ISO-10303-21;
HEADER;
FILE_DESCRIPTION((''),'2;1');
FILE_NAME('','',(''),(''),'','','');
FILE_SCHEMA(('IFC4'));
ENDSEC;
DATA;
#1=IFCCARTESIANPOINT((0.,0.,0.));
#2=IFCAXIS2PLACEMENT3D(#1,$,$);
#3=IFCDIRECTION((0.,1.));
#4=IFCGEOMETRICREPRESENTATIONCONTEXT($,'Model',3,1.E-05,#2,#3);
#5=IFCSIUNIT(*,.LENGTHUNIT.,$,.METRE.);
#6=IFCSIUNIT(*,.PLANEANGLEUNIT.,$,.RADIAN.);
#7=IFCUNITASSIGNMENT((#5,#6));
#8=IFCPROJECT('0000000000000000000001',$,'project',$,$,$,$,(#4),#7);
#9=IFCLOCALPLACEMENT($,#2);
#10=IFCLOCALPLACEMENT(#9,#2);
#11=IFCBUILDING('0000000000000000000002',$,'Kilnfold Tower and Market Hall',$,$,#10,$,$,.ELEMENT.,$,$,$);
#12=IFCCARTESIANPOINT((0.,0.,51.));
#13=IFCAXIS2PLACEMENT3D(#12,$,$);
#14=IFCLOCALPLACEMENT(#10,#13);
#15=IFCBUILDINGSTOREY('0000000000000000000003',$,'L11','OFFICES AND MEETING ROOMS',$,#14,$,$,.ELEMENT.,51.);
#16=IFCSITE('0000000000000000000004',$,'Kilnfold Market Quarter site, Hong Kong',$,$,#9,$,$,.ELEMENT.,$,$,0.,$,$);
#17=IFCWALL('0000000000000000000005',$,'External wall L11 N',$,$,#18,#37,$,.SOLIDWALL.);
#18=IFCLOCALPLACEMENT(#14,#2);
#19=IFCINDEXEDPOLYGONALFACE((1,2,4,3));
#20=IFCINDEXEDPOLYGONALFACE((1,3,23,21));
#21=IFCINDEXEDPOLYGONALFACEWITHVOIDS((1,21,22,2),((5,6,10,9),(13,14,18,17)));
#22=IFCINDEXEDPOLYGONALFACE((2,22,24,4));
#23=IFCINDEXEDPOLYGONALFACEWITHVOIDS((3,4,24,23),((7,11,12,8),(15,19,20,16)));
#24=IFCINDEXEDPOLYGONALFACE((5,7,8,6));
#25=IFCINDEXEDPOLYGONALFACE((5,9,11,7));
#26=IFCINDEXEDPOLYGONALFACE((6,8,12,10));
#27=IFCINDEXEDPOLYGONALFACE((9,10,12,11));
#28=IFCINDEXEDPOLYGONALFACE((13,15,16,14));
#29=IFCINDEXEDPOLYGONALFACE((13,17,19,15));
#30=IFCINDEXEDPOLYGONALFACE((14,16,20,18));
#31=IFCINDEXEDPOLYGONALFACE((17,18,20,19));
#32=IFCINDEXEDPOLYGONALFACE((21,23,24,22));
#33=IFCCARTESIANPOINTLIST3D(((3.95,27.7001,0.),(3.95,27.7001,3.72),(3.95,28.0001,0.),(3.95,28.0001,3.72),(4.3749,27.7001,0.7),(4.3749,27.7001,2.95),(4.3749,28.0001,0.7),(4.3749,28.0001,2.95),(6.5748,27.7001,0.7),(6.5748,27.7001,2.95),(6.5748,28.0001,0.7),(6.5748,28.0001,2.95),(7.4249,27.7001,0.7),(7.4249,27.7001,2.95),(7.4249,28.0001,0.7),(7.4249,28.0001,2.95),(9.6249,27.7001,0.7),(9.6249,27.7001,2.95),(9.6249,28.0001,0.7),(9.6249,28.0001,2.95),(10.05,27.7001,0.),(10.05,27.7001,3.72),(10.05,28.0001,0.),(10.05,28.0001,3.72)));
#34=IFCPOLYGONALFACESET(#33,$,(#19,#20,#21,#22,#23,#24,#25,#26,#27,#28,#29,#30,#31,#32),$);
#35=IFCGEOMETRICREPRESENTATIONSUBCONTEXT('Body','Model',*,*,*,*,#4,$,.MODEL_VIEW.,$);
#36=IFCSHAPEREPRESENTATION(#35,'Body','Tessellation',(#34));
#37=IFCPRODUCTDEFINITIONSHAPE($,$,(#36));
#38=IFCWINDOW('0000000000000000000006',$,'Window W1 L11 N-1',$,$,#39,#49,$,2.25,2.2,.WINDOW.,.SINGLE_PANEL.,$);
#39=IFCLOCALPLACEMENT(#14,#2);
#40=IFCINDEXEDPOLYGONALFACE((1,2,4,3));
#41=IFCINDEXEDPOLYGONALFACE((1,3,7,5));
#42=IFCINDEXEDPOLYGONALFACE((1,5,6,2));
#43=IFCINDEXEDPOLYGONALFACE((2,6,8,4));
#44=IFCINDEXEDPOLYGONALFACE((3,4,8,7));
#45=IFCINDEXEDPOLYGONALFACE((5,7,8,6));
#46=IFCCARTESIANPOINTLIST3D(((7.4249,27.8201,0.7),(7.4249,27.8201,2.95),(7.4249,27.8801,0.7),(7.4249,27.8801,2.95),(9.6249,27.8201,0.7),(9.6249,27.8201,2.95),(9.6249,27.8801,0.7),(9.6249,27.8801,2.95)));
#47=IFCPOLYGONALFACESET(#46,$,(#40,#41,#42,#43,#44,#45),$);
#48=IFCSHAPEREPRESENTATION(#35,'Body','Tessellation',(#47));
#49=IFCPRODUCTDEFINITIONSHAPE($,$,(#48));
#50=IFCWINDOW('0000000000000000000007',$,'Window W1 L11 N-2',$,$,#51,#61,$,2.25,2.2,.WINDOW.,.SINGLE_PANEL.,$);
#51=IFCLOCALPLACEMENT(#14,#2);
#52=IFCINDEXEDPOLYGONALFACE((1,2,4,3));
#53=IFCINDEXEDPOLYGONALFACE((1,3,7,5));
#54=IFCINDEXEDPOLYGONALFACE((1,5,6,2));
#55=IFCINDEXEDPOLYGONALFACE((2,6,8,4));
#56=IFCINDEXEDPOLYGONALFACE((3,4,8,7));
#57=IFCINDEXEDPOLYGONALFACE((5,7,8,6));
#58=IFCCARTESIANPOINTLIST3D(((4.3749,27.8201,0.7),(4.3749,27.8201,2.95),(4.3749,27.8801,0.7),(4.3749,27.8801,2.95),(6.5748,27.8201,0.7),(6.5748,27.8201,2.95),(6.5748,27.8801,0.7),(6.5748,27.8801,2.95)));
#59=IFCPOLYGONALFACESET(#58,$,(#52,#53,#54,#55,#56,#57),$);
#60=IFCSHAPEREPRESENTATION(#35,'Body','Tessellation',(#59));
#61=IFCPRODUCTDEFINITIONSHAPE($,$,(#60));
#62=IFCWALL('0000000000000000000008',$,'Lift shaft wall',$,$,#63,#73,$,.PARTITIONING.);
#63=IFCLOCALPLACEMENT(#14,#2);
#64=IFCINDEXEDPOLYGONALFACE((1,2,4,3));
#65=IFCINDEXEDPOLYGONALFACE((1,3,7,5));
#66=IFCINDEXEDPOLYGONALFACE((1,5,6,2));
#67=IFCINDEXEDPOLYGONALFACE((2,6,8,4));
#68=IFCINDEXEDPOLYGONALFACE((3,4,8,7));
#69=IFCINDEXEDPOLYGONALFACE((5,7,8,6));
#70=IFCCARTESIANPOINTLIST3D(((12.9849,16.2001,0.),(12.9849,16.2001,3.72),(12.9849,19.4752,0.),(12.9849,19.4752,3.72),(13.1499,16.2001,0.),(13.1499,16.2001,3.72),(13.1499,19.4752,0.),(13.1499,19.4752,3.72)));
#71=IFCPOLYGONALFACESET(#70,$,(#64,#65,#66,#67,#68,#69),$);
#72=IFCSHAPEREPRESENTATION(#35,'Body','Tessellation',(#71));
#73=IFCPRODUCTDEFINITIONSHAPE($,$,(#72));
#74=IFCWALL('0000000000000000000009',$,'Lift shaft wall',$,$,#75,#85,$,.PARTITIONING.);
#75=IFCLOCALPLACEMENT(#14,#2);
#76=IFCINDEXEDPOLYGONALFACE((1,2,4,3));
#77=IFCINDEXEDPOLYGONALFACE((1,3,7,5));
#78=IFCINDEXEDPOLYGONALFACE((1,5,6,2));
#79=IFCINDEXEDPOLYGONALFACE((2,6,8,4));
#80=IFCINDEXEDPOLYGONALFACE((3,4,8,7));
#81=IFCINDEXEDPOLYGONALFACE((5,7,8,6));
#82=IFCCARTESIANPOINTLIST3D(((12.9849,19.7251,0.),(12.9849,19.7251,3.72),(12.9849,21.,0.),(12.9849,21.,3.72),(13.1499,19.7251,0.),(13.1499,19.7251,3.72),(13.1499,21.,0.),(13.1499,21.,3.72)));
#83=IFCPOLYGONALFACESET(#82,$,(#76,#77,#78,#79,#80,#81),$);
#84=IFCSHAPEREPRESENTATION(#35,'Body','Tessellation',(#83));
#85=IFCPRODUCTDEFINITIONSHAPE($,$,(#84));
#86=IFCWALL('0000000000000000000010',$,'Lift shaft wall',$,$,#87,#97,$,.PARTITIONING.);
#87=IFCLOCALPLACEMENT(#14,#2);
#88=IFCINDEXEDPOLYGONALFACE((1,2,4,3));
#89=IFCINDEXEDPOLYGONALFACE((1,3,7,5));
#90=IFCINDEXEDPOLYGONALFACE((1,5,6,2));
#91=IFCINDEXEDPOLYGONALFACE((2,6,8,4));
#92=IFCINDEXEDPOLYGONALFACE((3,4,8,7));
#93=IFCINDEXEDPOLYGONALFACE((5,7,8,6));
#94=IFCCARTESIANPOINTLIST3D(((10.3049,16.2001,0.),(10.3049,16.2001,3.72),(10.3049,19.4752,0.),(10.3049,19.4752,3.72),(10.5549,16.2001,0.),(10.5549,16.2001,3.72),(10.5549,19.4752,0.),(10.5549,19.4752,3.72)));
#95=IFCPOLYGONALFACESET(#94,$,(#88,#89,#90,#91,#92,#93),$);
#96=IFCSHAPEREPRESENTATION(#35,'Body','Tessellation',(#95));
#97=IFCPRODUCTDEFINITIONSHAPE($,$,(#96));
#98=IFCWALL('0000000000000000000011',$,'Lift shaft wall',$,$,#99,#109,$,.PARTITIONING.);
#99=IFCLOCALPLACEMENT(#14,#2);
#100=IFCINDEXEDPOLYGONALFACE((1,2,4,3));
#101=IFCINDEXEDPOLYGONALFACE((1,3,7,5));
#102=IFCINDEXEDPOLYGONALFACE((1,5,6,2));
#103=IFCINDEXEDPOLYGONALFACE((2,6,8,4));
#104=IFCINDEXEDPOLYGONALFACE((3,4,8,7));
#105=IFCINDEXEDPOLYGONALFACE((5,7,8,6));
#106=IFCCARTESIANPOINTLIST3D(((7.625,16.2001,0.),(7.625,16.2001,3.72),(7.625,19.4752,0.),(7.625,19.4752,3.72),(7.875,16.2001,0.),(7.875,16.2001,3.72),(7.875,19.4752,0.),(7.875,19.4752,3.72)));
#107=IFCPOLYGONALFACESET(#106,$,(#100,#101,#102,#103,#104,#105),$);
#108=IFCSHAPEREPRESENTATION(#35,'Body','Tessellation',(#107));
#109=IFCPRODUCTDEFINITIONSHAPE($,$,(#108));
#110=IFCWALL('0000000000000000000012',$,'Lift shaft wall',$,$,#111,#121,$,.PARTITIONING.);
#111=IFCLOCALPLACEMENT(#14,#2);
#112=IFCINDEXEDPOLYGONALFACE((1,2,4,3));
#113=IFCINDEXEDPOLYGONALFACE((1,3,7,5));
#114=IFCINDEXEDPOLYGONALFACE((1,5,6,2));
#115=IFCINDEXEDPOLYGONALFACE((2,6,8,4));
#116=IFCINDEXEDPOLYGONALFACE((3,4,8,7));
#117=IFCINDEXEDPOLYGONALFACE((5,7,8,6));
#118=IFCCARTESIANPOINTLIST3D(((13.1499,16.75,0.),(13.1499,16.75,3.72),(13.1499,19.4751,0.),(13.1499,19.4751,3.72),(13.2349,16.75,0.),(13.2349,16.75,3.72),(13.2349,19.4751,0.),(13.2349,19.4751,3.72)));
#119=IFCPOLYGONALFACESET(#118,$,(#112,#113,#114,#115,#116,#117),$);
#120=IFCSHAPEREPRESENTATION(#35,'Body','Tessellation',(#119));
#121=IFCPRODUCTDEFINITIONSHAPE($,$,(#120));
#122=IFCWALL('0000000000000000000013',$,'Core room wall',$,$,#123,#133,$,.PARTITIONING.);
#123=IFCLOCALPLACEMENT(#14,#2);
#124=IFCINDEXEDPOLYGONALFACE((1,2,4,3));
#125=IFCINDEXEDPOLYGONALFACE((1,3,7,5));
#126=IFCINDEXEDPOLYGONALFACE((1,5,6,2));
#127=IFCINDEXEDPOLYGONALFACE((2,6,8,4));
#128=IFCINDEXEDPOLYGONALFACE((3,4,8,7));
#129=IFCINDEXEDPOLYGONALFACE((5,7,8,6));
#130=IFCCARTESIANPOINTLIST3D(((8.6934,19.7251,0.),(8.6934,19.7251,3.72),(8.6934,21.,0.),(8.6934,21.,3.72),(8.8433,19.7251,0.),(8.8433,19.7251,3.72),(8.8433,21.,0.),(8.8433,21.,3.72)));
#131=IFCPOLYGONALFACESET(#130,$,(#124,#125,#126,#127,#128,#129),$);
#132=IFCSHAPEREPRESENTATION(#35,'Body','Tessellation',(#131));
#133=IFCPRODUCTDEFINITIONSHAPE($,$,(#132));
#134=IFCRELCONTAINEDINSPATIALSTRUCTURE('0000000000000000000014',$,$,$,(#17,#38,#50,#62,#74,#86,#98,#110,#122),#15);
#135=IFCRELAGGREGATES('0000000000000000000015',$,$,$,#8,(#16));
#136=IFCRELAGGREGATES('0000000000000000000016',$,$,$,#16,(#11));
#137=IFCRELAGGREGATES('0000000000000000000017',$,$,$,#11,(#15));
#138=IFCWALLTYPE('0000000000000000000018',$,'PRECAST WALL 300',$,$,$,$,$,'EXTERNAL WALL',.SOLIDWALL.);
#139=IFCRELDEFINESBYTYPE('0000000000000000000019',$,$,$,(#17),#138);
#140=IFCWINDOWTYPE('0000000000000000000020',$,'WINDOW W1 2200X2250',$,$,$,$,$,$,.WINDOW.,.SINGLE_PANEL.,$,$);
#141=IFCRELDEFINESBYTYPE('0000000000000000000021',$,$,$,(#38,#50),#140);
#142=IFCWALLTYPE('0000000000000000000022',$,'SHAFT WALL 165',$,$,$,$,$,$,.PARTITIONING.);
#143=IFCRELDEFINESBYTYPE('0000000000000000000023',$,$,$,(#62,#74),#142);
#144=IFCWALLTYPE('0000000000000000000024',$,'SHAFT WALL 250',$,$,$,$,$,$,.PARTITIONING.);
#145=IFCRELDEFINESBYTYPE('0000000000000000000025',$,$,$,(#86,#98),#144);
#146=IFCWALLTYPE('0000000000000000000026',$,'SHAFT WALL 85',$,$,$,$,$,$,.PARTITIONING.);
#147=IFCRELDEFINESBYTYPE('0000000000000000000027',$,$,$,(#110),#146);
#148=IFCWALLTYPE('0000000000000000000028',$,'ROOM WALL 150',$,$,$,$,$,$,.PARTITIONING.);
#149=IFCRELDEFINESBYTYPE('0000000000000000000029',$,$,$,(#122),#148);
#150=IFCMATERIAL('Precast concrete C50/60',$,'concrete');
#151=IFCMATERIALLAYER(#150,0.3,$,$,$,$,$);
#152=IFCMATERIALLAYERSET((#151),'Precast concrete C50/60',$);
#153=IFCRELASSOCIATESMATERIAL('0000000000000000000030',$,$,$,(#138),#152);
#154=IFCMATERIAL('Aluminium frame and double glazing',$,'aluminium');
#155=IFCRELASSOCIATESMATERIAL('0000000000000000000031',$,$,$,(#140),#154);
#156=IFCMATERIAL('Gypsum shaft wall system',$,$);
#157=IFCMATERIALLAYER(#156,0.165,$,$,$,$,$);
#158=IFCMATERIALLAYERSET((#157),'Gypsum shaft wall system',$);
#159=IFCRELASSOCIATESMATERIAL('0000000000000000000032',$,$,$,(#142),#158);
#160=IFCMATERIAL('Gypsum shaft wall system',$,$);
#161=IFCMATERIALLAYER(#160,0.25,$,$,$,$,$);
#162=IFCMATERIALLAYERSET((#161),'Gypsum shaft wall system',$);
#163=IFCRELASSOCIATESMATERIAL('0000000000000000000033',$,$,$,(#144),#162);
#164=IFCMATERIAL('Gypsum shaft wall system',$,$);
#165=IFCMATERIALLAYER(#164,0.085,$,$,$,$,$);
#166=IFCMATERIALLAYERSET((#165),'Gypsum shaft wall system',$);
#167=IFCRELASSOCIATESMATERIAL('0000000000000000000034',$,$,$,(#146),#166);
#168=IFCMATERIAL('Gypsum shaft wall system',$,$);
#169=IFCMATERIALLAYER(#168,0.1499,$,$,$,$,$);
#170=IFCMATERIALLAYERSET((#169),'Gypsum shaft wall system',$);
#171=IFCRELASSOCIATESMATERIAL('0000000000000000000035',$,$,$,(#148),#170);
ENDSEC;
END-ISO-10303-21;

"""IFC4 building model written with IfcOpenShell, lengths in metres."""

from ifc_helpers import new_model, si_unit, direction, frame, frame_2d, origin, place, context, subcontext, project, spatial, rectangle, extrude, source, transform, mapped, material, layer, layer_set, type_object, element, fill, save


model = new_model("IFC4")

# Units and contexts
model_context = context("Model", 3, precision=1e-05, world=origin(), true_north=direction((0.0, 1.0)))
body_context = subcontext(model_context, "Body", "Model", "MODEL_VIEW")
ifc_project = project(units=[si_unit("LENGTHUNIT", "METRE"), si_unit("PLANEANGLEUNIT", "RADIAN")], contexts=[model_context])

# Site, building, storey
site_placement = place(None, origin())
site = spatial("IfcSite", under=ifc_project, at=site_placement, Name="Kilnfold Market Quarter site, Hong Kong", CompositionType="ELEMENT", RefElevation=0.0)
building_placement = place(site_placement, origin())
building = spatial("IfcBuilding", under=site, at=building_placement, Name="Kilnfold Tower and Market Hall", CompositionType="ELEMENT")
storey_placement = place(building_placement, frame((0.0, 0.0, 51.0)))
storey = spatial("IfcBuildingStorey", under=building, at=storey_placement, Name="L11", Description="OFFICES AND MEETING ROOMS", CompositionType="ELEMENT", Elevation=51.0)

# Wall, openings, windows
ifc_material_1 = material(Name="Precast concrete C50/60", Category="concrete")
ifc_layer_1 = layer(ifc_material_1, 0.3)
ifc_layer_set_1 = layer_set([ifc_layer_1], Name="Precast concrete C50/60")
wall_type_1 = type_object("IfcWallType", Name="PRECAST WALL 300", ElementType="EXTERNAL WALL", PredefinedType="SOLIDWALL", material=ifc_layer_set_1)
shared_shape_1 = source(origin(), body_context, "Body", "SweptSolid", [
    extrude(rectangle(XDim=6.1001, YDim=0.3, at=frame_2d((3.05, 0.0))), origin(), (0.0, 0.0, 1.0), 3.72),
])
ifc_material_2 = material(Name="Aluminium frame and double glazing", Category="aluminium")
window_type = type_object("IfcWindowType", Name="WINDOW W1 2200X2250", PartitioningType="SINGLE_PANEL", PredefinedType="WINDOW", material=ifc_material_2)
wall_1_placement = place(storey_placement, frame((10.05, 27.8501, 0.0), z_axis=(0.0, 0.0, 1.0), x_axis=(-1.0, 0.0, 0.0)))
wall_1 = element("IfcWall", 1, at=wall_1_placement, inside=storey, type_object=wall_type_1, Name="External wall L11 N", PredefinedType="SOLIDWALL", context=body_context, shape_type="MappedRepresentation", body=[
    mapped(shared_shape_1, transform((0.0, 0.0, 0.0))),
])
opening_1_placement = place(wall_1_placement, frame((0.425, 0.0, 0.7)))
opening_1 = element("IfcOpeningElement", 2, at=opening_1_placement, cuts=wall_1, PredefinedType="OPENING", context=body_context, shape_type="SweptSolid", body=[
    extrude(rectangle(XDim=2.2, YDim=2.25, at=frame_2d((1.1001, 1.125))), frame((0.0, 0.1602, 0.0), z_axis=(0.0, -1.0, 0.0), x_axis=(1.0, 0.0, 0.0)), (0.0, 0.0, 1.0), 0.3201),
])
opening_2_placement = place(wall_1_placement, frame((3.4751, 0.0, 0.7)))
opening_2 = element("IfcOpeningElement", 3, at=opening_2_placement, cuts=wall_1, PredefinedType="OPENING", context=body_context, shape_type="SweptSolid", body=[
    extrude(rectangle(XDim=2.2, YDim=2.25, at=frame_2d((1.1001, 1.125))), frame((0.0, 0.1602, 0.0), z_axis=(0.0, -1.0, 0.0), x_axis=(1.0, 0.0, 0.0)), (0.0, 0.0, 1.0), 0.3201),
])
window_1_placement = place(opening_1_placement, origin())
window_1 = element("IfcWindow", 4, at=window_1_placement, inside=storey, type_object=window_type, Name="Window W1 L11 N-1", OverallHeight=2.25, OverallWidth=2.2, PartitioningType="SINGLE_PANEL", PredefinedType="WINDOW", context=body_context, shape_type="SweptSolid", body=[
    extrude(rectangle(XDim=2.2, YDim=2.25, at=frame_2d((1.1001, 1.125))), frame((0.0, 0.03, 0.0), z_axis=(0.0, -1.0, 0.0), x_axis=(1.0, 0.0, 0.0)), (0.0, 0.0, 1.0), 0.0601),
])
fill(opening_1, window_1)
window_2_placement = place(opening_2_placement, origin())
window_2 = element("IfcWindow", 5, at=window_2_placement, inside=storey, type_object=window_type, Name="Window W1 L11 N-2", OverallHeight=2.25, OverallWidth=2.2, PartitioningType="SINGLE_PANEL", PredefinedType="WINDOW", context=body_context, shape_type="SweptSolid", body=[
    extrude(rectangle(XDim=2.2, YDim=2.25, at=frame_2d((1.1001, 1.125))), frame((0.0, 0.03, 0.0), z_axis=(0.0, -1.0, 0.0), x_axis=(1.0, 0.0, 0.0)), (0.0, 0.0, 1.0), 0.0601),
])
fill(opening_2, window_2)

# Walls
ifc_material_3 = material(Name="Gypsum shaft wall system")
ifc_layer_2 = layer(ifc_material_3, 0.165)
ifc_layer_set_2 = layer_set([ifc_layer_2], Name="Gypsum shaft wall system")
wall_type_2 = type_object("IfcWallType", Name="SHAFT WALL 165", PredefinedType="PARTITIONING", material=ifc_layer_set_2)
shared_shape_2 = source(origin(), body_context, "Body", "SweptSolid", [
    extrude(rectangle(XDim=3.2751, YDim=0.165, at=frame_2d((1.6377, 0.0))), origin(), (0.0, 0.0, 1.0), 3.72),
])
wall_2_placement = place(storey_placement, frame((13.0674, 16.2, 0.0), z_axis=(0.0, 0.0, 1.0), x_axis=(0.0, 1.0, 0.0)))
element("IfcWall", 6, at=wall_2_placement, inside=storey, type_object=wall_type_2, Name="Lift shaft wall", PredefinedType="PARTITIONING", context=body_context, shape_type="MappedRepresentation", body=[
    mapped(shared_shape_2, transform((0.0, 0.0, 0.0))),
])
shared_shape_3 = source(origin(), body_context, "Body", "SweptSolid", [
    extrude(rectangle(XDim=1.2749, YDim=0.165, at=frame_2d((0.6375, 0.0))), origin(), (0.0, 0.0, 1.0), 3.72),
])
wall_3_placement = place(storey_placement, frame((13.0674, 19.7251, 0.0), z_axis=(0.0, 0.0, 1.0), x_axis=(0.0, 1.0, 0.0)))
element("IfcWall", 7, at=wall_3_placement, inside=storey, type_object=wall_type_2, Name="Lift shaft wall", PredefinedType="PARTITIONING", context=body_context, shape_type="MappedRepresentation", body=[
    mapped(shared_shape_3, transform((0.0, 0.0, 0.0))),
])
ifc_material_4 = material(Name="Gypsum shaft wall system")
ifc_layer_3 = layer(ifc_material_4, 0.25)
ifc_layer_set_3 = layer_set([ifc_layer_3], Name="Gypsum shaft wall system")
wall_type_3 = type_object("IfcWallType", Name="SHAFT WALL 250", PredefinedType="PARTITIONING", material=ifc_layer_set_3)
shared_shape_4 = source(origin(), body_context, "Body", "SweptSolid", [
    extrude(rectangle(XDim=3.2751, YDim=0.25, at=frame_2d((1.6377, 0.0))), origin(), (0.0, 0.0, 1.0), 3.72),
])
for number, where, z_axis, x_axis, name in (
    (8, (10.4299, 16.2, 0.0), (0.0, 0.0, 1.0), (0.0, 1.0, 0.0), "Lift shaft wall"),
    (9, (7.75, 16.2, 0.0), (0.0, 0.0, 1.0), (0.0, 1.0, 0.0), "Lift shaft wall"),
):
    element("IfcWall", number, at=place(storey_placement, frame(where, z_axis=z_axis, x_axis=x_axis)), inside=storey, type_object=wall_type_3, Name=name, PredefinedType="PARTITIONING", context=body_context, shape_type="MappedRepresentation", body=[
        mapped(shared_shape_4, transform((0.0, 0.0, 0.0))),
    ])
ifc_material_5 = material(Name="Gypsum shaft wall system")
ifc_layer_4 = layer(ifc_material_5, 0.085)
ifc_layer_set_4 = layer_set([ifc_layer_4], Name="Gypsum shaft wall system")
wall_type_4 = type_object("IfcWallType", Name="SHAFT WALL 85", PredefinedType="PARTITIONING", material=ifc_layer_set_4)
shared_shape_5 = source(origin(), body_context, "Body", "SweptSolid", [
    extrude(rectangle(XDim=2.7251, YDim=0.085, at=frame_2d((1.3625, 0.0))), origin(), (0.0, 0.0, 1.0), 3.72),
])
wall_4_placement = place(storey_placement, frame((13.1924, 16.75, 0.0), z_axis=(0.0, 0.0, 1.0), x_axis=(0.0, 1.0, 0.0)))
element("IfcWall", 10, at=wall_4_placement, inside=storey, type_object=wall_type_4, Name="Lift shaft wall", PredefinedType="PARTITIONING", context=body_context, shape_type="MappedRepresentation", body=[
    mapped(shared_shape_5, transform((0.0, 0.0, 0.0))),
])
ifc_material_6 = material(Name="Gypsum shaft wall system")
ifc_layer_5 = layer(ifc_material_6, 0.1499)
ifc_layer_set_5 = layer_set([ifc_layer_5], Name="Gypsum shaft wall system")
wall_type_5 = type_object("IfcWallType", Name="ROOM WALL 150", PredefinedType="PARTITIONING", material=ifc_layer_set_5)
shared_shape_6 = source(origin(), body_context, "Body", "SweptSolid", [
    extrude(rectangle(XDim=1.2749, YDim=0.1499, at=frame_2d((0.6375, 0.0))), origin(), (0.0, 0.0, 1.0), 3.72),
])
wall_5_placement = place(storey_placement, frame((8.7683, 19.7251, 0.0), z_axis=(0.0, 0.0, 1.0), x_axis=(0.0, 1.0, 0.0)))
element("IfcWall", 11, at=wall_5_placement, inside=storey, type_object=wall_type_5, Name="Core room wall", PredefinedType="PARTITIONING", context=body_context, shape_type="MappedRepresentation", body=[
    mapped(shared_shape_6, transform((0.0, 0.0, 0.0))),
])

save(model, "model.ifc")
